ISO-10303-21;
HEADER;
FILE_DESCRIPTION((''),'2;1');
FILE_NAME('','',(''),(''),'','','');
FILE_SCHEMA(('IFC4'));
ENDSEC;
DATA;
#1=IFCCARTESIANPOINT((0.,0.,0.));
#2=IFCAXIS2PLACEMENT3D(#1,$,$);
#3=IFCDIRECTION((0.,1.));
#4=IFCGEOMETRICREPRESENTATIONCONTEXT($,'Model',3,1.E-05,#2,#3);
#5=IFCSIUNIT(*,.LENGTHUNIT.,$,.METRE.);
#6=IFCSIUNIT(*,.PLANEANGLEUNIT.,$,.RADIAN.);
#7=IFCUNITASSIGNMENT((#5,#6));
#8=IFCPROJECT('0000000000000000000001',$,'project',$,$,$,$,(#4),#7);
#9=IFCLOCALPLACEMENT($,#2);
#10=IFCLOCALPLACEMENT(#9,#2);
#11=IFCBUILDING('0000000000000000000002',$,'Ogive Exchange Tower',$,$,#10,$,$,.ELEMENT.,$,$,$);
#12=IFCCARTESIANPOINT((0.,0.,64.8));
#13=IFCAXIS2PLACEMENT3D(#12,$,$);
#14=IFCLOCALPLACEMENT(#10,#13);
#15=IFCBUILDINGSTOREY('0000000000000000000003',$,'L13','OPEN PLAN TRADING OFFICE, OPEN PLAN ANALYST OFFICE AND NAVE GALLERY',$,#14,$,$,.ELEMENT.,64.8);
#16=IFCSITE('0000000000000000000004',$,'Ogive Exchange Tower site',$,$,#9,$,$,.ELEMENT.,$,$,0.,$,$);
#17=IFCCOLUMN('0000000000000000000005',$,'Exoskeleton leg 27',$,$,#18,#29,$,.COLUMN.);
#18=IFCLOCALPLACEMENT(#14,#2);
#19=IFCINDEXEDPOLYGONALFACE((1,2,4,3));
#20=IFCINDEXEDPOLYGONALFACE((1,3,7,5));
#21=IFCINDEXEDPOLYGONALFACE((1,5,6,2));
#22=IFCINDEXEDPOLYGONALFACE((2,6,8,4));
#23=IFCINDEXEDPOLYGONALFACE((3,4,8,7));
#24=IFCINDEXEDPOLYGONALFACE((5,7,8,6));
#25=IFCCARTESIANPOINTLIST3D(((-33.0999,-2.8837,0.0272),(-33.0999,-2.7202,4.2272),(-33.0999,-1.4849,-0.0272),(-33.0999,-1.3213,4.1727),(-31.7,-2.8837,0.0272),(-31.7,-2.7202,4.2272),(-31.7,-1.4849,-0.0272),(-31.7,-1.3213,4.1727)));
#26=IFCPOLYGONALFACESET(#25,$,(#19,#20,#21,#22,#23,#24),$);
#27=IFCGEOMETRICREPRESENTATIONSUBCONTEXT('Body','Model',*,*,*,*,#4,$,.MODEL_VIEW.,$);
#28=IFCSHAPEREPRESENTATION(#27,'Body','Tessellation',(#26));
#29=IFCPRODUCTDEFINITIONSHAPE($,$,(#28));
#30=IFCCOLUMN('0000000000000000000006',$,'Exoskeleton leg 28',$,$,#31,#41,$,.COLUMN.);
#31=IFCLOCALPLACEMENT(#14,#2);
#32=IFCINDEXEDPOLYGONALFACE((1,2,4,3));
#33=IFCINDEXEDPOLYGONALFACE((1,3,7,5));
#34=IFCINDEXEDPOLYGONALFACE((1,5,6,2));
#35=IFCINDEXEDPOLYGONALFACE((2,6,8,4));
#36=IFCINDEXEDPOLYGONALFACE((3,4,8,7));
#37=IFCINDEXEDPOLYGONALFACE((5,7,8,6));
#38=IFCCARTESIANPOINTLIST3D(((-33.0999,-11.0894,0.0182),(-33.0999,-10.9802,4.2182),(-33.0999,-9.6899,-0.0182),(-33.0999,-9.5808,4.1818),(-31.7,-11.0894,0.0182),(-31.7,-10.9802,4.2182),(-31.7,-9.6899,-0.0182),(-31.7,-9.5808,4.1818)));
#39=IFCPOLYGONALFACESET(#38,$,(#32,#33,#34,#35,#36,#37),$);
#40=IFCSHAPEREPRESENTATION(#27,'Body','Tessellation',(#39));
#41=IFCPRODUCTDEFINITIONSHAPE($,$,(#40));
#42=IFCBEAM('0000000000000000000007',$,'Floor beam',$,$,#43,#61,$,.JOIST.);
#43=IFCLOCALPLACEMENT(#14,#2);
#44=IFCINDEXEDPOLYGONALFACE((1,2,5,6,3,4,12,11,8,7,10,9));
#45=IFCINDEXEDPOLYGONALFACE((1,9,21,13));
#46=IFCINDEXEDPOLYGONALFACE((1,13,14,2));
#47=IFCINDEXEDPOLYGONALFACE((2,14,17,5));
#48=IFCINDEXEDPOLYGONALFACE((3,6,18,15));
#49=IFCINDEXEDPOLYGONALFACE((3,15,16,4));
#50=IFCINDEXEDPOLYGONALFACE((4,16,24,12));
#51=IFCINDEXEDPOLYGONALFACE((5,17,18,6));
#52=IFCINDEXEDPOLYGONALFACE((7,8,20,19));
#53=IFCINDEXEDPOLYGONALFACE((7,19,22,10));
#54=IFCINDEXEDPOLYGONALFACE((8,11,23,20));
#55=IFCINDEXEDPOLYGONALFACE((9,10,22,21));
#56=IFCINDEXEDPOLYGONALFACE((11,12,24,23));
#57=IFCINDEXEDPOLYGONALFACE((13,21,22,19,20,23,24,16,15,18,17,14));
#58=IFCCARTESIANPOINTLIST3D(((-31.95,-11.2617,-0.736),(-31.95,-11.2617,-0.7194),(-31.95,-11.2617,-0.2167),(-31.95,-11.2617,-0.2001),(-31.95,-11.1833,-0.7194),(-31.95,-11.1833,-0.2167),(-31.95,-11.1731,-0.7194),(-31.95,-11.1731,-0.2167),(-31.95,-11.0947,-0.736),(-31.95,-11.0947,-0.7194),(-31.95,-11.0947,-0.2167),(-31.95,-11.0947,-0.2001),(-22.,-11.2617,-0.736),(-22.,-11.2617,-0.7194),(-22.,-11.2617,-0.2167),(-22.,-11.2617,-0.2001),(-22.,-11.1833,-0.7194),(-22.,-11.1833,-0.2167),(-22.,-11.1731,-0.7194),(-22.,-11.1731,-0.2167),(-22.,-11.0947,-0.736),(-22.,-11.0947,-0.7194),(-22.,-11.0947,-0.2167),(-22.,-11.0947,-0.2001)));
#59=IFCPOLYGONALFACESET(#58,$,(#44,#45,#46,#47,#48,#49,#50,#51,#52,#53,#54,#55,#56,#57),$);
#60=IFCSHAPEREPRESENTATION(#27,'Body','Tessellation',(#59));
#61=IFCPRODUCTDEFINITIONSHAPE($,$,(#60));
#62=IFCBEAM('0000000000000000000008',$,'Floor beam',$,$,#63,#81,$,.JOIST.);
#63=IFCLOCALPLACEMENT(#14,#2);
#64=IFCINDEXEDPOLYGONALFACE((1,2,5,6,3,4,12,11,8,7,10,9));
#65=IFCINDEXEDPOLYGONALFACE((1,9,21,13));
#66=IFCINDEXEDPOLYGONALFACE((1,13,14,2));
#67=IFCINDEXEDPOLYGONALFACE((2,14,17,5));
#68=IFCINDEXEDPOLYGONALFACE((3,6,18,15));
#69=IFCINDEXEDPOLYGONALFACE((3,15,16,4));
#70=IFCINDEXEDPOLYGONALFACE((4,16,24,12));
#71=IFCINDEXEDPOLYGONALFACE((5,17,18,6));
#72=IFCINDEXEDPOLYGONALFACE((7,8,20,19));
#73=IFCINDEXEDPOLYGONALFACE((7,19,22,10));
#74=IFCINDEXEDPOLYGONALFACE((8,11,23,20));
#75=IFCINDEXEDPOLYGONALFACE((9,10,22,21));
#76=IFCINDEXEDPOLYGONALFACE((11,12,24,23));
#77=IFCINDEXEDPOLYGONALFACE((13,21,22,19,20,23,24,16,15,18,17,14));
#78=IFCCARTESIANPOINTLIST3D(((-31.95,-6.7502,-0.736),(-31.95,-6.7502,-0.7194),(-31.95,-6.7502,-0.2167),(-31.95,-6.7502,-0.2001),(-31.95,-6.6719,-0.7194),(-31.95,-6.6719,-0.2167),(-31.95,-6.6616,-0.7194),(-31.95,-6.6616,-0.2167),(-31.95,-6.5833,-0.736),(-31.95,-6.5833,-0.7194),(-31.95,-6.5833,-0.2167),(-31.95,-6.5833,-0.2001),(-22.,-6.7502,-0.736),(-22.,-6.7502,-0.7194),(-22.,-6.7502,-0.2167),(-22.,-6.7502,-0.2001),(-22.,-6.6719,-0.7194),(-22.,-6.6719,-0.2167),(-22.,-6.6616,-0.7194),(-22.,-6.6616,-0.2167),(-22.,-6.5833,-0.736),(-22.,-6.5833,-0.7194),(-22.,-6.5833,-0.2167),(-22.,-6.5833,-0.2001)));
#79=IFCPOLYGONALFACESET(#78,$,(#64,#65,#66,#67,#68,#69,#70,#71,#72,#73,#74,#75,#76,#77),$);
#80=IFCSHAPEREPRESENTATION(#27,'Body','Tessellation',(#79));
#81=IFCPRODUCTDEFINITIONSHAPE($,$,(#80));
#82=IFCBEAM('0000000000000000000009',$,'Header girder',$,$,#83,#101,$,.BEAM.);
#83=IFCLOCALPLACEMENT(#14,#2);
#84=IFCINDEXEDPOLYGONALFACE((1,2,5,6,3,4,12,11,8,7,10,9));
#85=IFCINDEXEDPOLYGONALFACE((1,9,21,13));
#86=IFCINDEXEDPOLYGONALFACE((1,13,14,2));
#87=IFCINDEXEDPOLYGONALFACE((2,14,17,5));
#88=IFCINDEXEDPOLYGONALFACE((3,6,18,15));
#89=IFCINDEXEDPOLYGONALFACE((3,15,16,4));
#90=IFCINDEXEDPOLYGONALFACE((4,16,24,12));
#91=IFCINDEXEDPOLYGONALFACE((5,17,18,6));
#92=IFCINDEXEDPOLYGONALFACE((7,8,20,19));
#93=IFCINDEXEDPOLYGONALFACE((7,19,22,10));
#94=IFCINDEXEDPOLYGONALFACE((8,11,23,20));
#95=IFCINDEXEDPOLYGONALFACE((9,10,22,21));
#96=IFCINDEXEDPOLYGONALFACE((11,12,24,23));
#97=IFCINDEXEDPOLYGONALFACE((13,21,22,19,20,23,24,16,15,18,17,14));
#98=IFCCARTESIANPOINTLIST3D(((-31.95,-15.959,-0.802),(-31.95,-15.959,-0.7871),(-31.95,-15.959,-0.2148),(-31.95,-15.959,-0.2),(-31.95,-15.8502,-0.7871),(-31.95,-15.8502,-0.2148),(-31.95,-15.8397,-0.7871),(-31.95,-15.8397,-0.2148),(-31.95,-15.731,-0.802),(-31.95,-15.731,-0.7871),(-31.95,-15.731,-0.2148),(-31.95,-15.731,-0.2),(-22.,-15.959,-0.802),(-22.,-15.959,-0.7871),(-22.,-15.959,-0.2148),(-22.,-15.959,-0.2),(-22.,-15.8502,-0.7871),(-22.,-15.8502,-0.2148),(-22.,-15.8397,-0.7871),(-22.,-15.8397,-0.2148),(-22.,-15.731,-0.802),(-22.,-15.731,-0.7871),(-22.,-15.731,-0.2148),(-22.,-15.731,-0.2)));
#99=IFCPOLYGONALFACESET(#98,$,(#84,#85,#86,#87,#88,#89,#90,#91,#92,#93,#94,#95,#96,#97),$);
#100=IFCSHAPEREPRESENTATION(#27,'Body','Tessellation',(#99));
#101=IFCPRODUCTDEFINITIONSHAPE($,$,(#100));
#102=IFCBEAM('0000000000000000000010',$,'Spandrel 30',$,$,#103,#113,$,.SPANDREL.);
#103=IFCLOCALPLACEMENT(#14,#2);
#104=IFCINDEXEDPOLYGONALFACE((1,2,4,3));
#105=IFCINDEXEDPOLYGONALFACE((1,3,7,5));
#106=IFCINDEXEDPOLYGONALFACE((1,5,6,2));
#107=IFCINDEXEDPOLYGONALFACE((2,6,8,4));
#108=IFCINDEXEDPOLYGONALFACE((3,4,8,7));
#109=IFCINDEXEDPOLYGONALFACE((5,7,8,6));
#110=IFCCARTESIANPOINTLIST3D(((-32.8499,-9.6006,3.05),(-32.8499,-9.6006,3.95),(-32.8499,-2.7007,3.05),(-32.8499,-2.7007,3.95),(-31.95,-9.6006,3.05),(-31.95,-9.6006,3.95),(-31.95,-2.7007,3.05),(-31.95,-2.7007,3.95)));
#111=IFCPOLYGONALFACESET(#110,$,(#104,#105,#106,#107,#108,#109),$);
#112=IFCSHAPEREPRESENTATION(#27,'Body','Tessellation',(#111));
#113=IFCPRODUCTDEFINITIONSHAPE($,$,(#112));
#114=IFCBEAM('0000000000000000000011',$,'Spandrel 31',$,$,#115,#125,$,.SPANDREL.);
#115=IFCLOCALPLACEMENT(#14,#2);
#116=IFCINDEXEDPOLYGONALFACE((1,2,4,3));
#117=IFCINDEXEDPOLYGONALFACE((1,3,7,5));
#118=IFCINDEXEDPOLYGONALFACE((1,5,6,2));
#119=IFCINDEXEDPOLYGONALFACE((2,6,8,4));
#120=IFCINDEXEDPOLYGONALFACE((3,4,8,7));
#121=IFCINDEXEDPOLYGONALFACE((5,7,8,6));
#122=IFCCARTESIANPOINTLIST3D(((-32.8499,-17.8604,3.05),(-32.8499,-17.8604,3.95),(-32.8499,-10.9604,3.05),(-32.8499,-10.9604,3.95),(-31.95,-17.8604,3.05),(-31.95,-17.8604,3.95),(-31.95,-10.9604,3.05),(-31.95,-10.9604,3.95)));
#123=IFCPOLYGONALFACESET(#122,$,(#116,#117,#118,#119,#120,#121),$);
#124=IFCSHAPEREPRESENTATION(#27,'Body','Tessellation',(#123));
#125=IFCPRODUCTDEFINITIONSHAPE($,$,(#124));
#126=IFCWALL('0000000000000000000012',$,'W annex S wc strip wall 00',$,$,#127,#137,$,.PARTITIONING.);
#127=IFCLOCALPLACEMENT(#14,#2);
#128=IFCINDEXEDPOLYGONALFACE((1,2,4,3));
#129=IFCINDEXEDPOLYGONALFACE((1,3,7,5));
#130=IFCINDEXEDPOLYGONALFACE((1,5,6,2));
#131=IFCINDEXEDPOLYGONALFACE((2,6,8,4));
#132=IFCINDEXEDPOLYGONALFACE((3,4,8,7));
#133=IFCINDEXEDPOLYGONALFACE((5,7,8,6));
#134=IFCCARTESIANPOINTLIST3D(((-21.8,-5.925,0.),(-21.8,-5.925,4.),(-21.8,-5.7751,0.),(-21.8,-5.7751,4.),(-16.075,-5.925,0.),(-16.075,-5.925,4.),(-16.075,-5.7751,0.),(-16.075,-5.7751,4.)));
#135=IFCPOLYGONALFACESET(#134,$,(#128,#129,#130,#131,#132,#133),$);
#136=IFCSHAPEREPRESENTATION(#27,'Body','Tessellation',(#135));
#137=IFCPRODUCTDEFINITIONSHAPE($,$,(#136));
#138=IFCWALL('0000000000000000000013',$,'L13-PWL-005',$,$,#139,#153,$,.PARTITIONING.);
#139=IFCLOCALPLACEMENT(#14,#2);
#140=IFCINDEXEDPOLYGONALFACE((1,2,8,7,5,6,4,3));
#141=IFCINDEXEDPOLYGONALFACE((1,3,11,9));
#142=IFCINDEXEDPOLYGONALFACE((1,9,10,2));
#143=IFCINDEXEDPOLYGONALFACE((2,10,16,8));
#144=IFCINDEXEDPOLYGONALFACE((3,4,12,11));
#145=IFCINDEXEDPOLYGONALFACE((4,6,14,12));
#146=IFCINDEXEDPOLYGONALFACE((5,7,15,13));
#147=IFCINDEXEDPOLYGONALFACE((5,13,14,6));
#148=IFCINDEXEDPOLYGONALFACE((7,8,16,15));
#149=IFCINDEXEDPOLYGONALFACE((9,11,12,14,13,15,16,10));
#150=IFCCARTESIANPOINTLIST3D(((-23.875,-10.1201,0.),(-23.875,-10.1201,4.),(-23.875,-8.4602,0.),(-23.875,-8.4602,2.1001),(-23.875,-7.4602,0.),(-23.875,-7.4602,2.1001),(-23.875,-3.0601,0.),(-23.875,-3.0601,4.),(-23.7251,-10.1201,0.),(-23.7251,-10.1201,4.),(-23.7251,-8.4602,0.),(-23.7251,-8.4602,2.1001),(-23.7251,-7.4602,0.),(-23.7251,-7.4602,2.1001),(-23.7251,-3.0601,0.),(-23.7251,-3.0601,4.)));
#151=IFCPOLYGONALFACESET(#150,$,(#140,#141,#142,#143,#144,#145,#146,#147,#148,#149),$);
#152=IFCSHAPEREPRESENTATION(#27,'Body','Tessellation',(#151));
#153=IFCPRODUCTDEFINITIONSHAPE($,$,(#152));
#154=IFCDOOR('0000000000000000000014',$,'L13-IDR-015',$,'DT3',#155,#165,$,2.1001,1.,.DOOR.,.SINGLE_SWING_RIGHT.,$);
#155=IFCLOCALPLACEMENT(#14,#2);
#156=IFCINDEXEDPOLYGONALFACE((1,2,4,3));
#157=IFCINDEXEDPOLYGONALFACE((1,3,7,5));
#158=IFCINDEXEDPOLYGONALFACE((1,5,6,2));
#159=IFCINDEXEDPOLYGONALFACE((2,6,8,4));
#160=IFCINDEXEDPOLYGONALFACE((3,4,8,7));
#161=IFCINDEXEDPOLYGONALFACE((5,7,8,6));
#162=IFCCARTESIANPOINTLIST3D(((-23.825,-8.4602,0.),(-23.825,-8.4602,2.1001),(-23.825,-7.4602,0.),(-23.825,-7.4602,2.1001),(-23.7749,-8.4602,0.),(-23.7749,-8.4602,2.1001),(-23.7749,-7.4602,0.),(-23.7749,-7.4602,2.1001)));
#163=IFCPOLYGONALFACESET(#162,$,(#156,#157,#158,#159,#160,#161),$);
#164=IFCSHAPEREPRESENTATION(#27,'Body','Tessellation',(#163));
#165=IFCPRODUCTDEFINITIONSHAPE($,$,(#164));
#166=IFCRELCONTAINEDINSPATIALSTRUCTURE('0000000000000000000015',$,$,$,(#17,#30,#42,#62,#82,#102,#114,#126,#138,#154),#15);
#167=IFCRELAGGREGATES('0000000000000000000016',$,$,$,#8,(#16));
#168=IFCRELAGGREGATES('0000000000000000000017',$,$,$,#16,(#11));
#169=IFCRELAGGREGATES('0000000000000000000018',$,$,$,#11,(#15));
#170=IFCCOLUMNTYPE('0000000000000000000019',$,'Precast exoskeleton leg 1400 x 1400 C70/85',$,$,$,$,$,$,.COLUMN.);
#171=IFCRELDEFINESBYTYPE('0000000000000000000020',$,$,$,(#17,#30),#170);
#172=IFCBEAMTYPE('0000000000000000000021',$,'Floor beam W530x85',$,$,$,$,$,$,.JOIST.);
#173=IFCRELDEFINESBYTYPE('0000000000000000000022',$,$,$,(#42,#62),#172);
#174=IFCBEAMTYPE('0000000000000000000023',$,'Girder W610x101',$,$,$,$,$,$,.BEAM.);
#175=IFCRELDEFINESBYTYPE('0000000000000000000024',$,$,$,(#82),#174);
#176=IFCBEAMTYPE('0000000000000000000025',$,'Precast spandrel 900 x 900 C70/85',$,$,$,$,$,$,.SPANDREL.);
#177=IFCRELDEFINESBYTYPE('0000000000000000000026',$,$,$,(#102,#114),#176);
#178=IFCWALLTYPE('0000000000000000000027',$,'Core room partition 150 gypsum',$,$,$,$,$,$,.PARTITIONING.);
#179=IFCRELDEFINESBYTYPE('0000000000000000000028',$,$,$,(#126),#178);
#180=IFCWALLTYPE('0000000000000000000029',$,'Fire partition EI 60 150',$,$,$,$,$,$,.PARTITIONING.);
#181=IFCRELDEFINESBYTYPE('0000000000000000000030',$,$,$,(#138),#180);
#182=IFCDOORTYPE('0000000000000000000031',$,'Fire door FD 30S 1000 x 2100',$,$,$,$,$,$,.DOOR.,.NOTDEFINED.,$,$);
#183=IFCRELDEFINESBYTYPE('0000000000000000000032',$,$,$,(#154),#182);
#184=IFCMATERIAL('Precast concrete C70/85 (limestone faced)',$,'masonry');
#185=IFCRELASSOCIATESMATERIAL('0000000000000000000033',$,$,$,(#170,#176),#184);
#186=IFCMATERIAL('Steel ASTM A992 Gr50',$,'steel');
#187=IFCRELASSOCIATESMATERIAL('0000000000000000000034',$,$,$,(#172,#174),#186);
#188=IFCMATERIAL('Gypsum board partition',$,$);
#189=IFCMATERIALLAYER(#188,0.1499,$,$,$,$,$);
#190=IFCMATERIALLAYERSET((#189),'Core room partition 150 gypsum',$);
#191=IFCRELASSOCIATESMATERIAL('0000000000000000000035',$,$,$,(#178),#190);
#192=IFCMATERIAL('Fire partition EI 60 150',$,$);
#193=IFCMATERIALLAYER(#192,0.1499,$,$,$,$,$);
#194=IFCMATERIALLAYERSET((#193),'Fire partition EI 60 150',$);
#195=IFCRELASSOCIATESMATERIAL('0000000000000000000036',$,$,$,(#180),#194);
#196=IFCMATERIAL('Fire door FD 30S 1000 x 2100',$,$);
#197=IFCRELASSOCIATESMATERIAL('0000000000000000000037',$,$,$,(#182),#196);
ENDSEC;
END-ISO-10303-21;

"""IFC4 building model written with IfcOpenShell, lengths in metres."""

from ifc_helpers import new_model, si_unit, direction, frame, frame_2d, origin, origin_2d, place, context, subcontext, project, spatial, rectangle, i_section, extrude, material, layer, layer_set, material_profile, profile_set, type_object, element, fill, save


model = new_model("IFC4")

# Units and contexts
model_context = context("Model", 3, precision=1e-05, world=origin(), true_north=direction((0.0, 1.0)))
body_context = subcontext(model_context, "Body", "Model", "MODEL_VIEW")
ifc_project = project(units=[si_unit("LENGTHUNIT", "METRE"), si_unit("PLANEANGLEUNIT", "RADIAN")], contexts=[model_context])

# Site, building, storey
site_placement = place(None, origin())
site = spatial("IfcSite", under=ifc_project, at=site_placement, Name="Ogive Exchange Tower site", CompositionType="ELEMENT", RefElevation=0.0)
building_placement = place(site_placement, origin())
building = spatial("IfcBuilding", under=site, at=building_placement, Name="Ogive Exchange Tower", CompositionType="ELEMENT")
storey_placement = place(building_placement, frame((0.0, 0.0, 64.8)))
storey = spatial("IfcBuildingStorey", under=building, at=storey_placement, Name="L13", Description="OPEN PLAN TRADING OFFICE, OPEN PLAN ANALYST OFFICE AND NAVE GALLERY", CompositionType="ELEMENT", Elevation=64.8)

# Columns
ifc_material_1 = material(Name="Precast concrete C70/85 (limestone faced)", Category="masonry")
ifc_material_profile_1 = material_profile(ifc_material_1, rectangle(XDim=1.3999, YDim=1.3999, at=origin_2d()), Name="1400 x 1400")
ifc_profile_set_1 = profile_set([ifc_material_profile_1], Name="Precast concrete C70/85 (limestone faced)")
column_type = type_object("IfcColumnType", Name="Precast exoskeleton leg 1400 x 1400 C70/85", PredefinedType="COLUMN", material=ifc_profile_set_1)
column_1_placement = place(storey_placement, frame((-32.3999, -2.1843, 0.0), z_axis=(0.0, 0.038917, 0.999242), x_axis=(-1.0, 0.0, 0.0)))
element("IfcColumn", 1, at=column_1_placement, inside=storey, type_object=column_type, Name="Exoskeleton leg 27", PredefinedType="COLUMN", context=body_context, shape_type="SweptSolid", body=[
    extrude(rectangle(XDim=1.3999, YDim=1.3999, at=origin_2d()), origin(), (0.0, 0.0, 1.0), 4.2031),
])
column_2_placement = place(storey_placement, frame((-32.3999, -10.3896, 0.0), z_axis=(0.0, 0.025975, 0.999663), x_axis=(-1.0, 0.0, 0.0)))
element("IfcColumn", 2, at=column_2_placement, inside=storey, type_object=column_type, Name="Exoskeleton leg 28", PredefinedType="COLUMN", context=body_context, shape_type="SweptSolid", body=[
    extrude(rectangle(XDim=1.3999, YDim=1.3999, at=origin_2d()), origin(), (0.0, 0.0, 1.0), 4.2014),
])

# Beams
ifc_material_2 = material(Name="Steel ASTM A992 Gr50", Category="steel")
ifc_material_profile_2 = material_profile(ifc_material_2, i_section(OverallWidth=0.167, OverallDepth=0.5359, WebThickness=0.0103, FlangeThickness=0.0166, at=origin_2d()), Name="W530x85")
ifc_profile_set_2 = profile_set([ifc_material_profile_2], Name="Steel ASTM A992 Gr50")
beam_type_1 = type_object("IfcBeamType", Name="Floor beam W530x85", PredefinedType="JOIST", material=ifc_profile_set_2)
for number, where, z_axis, x_axis, name in (
    (3, (-31.95, -11.1782, -0.468), (1.0, 0.0, 0.0), (0.0, 1.0, 0.0), "Floor beam"),
    (4, (-31.95, -6.6667, -0.468), (1.0, 0.0, 0.0), (0.0, 1.0, 0.0), "Floor beam"),
):
    element("IfcBeam", number, at=place(storey_placement, frame(where, z_axis=z_axis, x_axis=x_axis)), inside=storey, type_object=beam_type_1, Name=name, PredefinedType="JOIST", context=body_context, shape_type="SweptSolid", body=[
        extrude(i_section(OverallWidth=0.167, OverallDepth=0.5359, WebThickness=0.0103, FlangeThickness=0.0166, at=origin_2d()), origin(), (0.0, 0.0, 1.0), 9.95),
    ])
ifc_material_profile_3 = material_profile(ifc_material_2, i_section(OverallWidth=0.228, OverallDepth=0.6021, WebThickness=0.0105, FlangeThickness=0.0149, at=origin_2d()), Name="W610x101")
ifc_profile_set_3 = profile_set([ifc_material_profile_3], Name="Steel ASTM A992 Gr50")
beam_type_2 = type_object("IfcBeamType", Name="Girder W610x101", PredefinedType="BEAM", material=ifc_profile_set_3)
beam_placement = place(storey_placement, frame((-31.95, -15.845, -0.501), z_axis=(1.0, 0.0, 0.0), x_axis=(0.0, 1.0, 0.0)))
element("IfcBeam", 5, at=beam_placement, inside=storey, type_object=beam_type_2, Name="Header girder", PredefinedType="BEAM", context=body_context, shape_type="SweptSolid", body=[
    extrude(i_section(OverallWidth=0.228, OverallDepth=0.6021, WebThickness=0.0105, FlangeThickness=0.0149, at=origin_2d()), origin(), (0.0, 0.0, 1.0), 9.95),
])
ifc_material_profile_4 = material_profile(ifc_material_1, rectangle(XDim=0.8999, YDim=0.8999, at=origin_2d()), Name="900 x 900")
ifc_profile_set_4 = profile_set([ifc_material_profile_4], Name="Precast concrete C70/85 (limestone faced)")
beam_type_3 = type_object("IfcBeamType", Name="Precast spandrel 900 x 900 C70/85", PredefinedType="SPANDREL", material=ifc_profile_set_4)
for number, where, z_axis, x_axis, name in (
    (6, (-32.3999, -2.7007, 3.5), (0.0, -1.0, 0.0), (1.0, 0.0, 0.0), "Spandrel 30"),
    (7, (-32.3999, -10.9604, 3.5), (0.0, -1.0, 0.0), (1.0, 0.0, 0.0), "Spandrel 31"),
):
    element("IfcBeam", number, at=place(storey_placement, frame(where, z_axis=z_axis, x_axis=x_axis)), inside=storey, type_object=beam_type_3, Name=name, PredefinedType="SPANDREL", context=body_context, shape_type="SweptSolid", body=[
        extrude(rectangle(XDim=0.8999, YDim=0.8999, at=origin_2d()), origin(), (0.0, 0.0, 1.0), 6.8999),
    ])

# Wall
ifc_material_3 = material(Name="Gypsum board partition")
ifc_layer_1 = layer(ifc_material_3, 0.1499)
ifc_layer_set_1 = layer_set([ifc_layer_1], Name="Core room partition 150 gypsum")
wall_type_1 = type_object("IfcWallType", Name="Core room partition 150 gypsum", PredefinedType="PARTITIONING", material=ifc_layer_set_1)
wall_1_placement = place(storey_placement, frame((-21.8, -5.8501, 0.0), z_axis=(0.0, 0.0, 1.0), x_axis=(1.0, 0.0, 0.0)))
element("IfcWall", 8, at=wall_1_placement, inside=storey, type_object=wall_type_1, Name="W annex S wc strip wall 00", PredefinedType="PARTITIONING", context=body_context, shape_type="SweptSolid", body=[
    extrude(rectangle(XDim=5.7251, YDim=0.1499, at=frame_2d((2.8625, 0.0))), origin(), (0.0, 0.0, 1.0), 4.0),
])

# Wall, opening, door
ifc_material_4 = material(Name="Fire partition EI 60 150")
ifc_layer_2 = layer(ifc_material_4, 0.1499)
ifc_layer_set_2 = layer_set([ifc_layer_2], Name="Fire partition EI 60 150")
wall_type_2 = type_object("IfcWallType", Name="Fire partition EI 60 150", PredefinedType="PARTITIONING", material=ifc_layer_set_2)
wall_2_placement = place(storey_placement, frame((-23.8, -10.1201, 0.0), z_axis=(0.0, 0.0, 1.0), x_axis=(0.0, 1.0, 0.0)))
wall_2 = element("IfcWall", 9, at=wall_2_placement, inside=storey, type_object=wall_type_2, Name="L13-PWL-005", PredefinedType="PARTITIONING", context=body_context, shape_type="SweptSolid", body=[
    extrude(rectangle(XDim=7.0601, YDim=0.1499, at=frame_2d((3.53, 0.0))), origin(), (0.0, 0.0, 1.0), 4.0),
])
opening_1_placement = place(wall_2_placement, frame((1.6599, 0.0, 0.0)))
opening_1 = element("IfcOpeningElement", 10, at=opening_1_placement, cuts=wall_2, PredefinedType="OPENING", context=body_context, shape_type="SweptSolid", body=[
    extrude(rectangle(XDim=1.0, YDim=2.1001, at=frame_2d((0.5, 1.05))), frame((0.0, 0.085, 0.0), z_axis=(0.0, -1.0, 0.0), x_axis=(1.0, 0.0, 0.0)), (0.0, 0.0, 1.0), 0.1699),
])
ifc_material_5 = material(Name="Fire door FD 30S 1000 x 2100")
door_type_1 = type_object("IfcDoorType", Name="Fire door FD 30S 1000 x 2100", OperationType="NOTDEFINED", PredefinedType="DOOR", material=ifc_material_5)
door_1_placement = place(opening_1_placement, origin())
door_1 = element("IfcDoor", 11, at=door_1_placement, inside=storey, type_object=door_type_1, Name="L13-IDR-015", ObjectType="DT3", OperationType="SINGLE_SWING_RIGHT", OverallHeight=2.1001, OverallWidth=1.0, PredefinedType="DOOR", context=body_context, shape_type="SweptSolid", body=[
    extrude(rectangle(XDim=1.0, YDim=2.1001, at=frame_2d((0.5, 1.05))), frame((0.0, 0.0249, 0.0), z_axis=(0.0, -1.0, 0.0), x_axis=(1.0, 0.0, 0.0)), (0.0, 0.0, 1.0), 0.05),
])
fill(opening_1, door_1)

save(model, "model.ifc")
